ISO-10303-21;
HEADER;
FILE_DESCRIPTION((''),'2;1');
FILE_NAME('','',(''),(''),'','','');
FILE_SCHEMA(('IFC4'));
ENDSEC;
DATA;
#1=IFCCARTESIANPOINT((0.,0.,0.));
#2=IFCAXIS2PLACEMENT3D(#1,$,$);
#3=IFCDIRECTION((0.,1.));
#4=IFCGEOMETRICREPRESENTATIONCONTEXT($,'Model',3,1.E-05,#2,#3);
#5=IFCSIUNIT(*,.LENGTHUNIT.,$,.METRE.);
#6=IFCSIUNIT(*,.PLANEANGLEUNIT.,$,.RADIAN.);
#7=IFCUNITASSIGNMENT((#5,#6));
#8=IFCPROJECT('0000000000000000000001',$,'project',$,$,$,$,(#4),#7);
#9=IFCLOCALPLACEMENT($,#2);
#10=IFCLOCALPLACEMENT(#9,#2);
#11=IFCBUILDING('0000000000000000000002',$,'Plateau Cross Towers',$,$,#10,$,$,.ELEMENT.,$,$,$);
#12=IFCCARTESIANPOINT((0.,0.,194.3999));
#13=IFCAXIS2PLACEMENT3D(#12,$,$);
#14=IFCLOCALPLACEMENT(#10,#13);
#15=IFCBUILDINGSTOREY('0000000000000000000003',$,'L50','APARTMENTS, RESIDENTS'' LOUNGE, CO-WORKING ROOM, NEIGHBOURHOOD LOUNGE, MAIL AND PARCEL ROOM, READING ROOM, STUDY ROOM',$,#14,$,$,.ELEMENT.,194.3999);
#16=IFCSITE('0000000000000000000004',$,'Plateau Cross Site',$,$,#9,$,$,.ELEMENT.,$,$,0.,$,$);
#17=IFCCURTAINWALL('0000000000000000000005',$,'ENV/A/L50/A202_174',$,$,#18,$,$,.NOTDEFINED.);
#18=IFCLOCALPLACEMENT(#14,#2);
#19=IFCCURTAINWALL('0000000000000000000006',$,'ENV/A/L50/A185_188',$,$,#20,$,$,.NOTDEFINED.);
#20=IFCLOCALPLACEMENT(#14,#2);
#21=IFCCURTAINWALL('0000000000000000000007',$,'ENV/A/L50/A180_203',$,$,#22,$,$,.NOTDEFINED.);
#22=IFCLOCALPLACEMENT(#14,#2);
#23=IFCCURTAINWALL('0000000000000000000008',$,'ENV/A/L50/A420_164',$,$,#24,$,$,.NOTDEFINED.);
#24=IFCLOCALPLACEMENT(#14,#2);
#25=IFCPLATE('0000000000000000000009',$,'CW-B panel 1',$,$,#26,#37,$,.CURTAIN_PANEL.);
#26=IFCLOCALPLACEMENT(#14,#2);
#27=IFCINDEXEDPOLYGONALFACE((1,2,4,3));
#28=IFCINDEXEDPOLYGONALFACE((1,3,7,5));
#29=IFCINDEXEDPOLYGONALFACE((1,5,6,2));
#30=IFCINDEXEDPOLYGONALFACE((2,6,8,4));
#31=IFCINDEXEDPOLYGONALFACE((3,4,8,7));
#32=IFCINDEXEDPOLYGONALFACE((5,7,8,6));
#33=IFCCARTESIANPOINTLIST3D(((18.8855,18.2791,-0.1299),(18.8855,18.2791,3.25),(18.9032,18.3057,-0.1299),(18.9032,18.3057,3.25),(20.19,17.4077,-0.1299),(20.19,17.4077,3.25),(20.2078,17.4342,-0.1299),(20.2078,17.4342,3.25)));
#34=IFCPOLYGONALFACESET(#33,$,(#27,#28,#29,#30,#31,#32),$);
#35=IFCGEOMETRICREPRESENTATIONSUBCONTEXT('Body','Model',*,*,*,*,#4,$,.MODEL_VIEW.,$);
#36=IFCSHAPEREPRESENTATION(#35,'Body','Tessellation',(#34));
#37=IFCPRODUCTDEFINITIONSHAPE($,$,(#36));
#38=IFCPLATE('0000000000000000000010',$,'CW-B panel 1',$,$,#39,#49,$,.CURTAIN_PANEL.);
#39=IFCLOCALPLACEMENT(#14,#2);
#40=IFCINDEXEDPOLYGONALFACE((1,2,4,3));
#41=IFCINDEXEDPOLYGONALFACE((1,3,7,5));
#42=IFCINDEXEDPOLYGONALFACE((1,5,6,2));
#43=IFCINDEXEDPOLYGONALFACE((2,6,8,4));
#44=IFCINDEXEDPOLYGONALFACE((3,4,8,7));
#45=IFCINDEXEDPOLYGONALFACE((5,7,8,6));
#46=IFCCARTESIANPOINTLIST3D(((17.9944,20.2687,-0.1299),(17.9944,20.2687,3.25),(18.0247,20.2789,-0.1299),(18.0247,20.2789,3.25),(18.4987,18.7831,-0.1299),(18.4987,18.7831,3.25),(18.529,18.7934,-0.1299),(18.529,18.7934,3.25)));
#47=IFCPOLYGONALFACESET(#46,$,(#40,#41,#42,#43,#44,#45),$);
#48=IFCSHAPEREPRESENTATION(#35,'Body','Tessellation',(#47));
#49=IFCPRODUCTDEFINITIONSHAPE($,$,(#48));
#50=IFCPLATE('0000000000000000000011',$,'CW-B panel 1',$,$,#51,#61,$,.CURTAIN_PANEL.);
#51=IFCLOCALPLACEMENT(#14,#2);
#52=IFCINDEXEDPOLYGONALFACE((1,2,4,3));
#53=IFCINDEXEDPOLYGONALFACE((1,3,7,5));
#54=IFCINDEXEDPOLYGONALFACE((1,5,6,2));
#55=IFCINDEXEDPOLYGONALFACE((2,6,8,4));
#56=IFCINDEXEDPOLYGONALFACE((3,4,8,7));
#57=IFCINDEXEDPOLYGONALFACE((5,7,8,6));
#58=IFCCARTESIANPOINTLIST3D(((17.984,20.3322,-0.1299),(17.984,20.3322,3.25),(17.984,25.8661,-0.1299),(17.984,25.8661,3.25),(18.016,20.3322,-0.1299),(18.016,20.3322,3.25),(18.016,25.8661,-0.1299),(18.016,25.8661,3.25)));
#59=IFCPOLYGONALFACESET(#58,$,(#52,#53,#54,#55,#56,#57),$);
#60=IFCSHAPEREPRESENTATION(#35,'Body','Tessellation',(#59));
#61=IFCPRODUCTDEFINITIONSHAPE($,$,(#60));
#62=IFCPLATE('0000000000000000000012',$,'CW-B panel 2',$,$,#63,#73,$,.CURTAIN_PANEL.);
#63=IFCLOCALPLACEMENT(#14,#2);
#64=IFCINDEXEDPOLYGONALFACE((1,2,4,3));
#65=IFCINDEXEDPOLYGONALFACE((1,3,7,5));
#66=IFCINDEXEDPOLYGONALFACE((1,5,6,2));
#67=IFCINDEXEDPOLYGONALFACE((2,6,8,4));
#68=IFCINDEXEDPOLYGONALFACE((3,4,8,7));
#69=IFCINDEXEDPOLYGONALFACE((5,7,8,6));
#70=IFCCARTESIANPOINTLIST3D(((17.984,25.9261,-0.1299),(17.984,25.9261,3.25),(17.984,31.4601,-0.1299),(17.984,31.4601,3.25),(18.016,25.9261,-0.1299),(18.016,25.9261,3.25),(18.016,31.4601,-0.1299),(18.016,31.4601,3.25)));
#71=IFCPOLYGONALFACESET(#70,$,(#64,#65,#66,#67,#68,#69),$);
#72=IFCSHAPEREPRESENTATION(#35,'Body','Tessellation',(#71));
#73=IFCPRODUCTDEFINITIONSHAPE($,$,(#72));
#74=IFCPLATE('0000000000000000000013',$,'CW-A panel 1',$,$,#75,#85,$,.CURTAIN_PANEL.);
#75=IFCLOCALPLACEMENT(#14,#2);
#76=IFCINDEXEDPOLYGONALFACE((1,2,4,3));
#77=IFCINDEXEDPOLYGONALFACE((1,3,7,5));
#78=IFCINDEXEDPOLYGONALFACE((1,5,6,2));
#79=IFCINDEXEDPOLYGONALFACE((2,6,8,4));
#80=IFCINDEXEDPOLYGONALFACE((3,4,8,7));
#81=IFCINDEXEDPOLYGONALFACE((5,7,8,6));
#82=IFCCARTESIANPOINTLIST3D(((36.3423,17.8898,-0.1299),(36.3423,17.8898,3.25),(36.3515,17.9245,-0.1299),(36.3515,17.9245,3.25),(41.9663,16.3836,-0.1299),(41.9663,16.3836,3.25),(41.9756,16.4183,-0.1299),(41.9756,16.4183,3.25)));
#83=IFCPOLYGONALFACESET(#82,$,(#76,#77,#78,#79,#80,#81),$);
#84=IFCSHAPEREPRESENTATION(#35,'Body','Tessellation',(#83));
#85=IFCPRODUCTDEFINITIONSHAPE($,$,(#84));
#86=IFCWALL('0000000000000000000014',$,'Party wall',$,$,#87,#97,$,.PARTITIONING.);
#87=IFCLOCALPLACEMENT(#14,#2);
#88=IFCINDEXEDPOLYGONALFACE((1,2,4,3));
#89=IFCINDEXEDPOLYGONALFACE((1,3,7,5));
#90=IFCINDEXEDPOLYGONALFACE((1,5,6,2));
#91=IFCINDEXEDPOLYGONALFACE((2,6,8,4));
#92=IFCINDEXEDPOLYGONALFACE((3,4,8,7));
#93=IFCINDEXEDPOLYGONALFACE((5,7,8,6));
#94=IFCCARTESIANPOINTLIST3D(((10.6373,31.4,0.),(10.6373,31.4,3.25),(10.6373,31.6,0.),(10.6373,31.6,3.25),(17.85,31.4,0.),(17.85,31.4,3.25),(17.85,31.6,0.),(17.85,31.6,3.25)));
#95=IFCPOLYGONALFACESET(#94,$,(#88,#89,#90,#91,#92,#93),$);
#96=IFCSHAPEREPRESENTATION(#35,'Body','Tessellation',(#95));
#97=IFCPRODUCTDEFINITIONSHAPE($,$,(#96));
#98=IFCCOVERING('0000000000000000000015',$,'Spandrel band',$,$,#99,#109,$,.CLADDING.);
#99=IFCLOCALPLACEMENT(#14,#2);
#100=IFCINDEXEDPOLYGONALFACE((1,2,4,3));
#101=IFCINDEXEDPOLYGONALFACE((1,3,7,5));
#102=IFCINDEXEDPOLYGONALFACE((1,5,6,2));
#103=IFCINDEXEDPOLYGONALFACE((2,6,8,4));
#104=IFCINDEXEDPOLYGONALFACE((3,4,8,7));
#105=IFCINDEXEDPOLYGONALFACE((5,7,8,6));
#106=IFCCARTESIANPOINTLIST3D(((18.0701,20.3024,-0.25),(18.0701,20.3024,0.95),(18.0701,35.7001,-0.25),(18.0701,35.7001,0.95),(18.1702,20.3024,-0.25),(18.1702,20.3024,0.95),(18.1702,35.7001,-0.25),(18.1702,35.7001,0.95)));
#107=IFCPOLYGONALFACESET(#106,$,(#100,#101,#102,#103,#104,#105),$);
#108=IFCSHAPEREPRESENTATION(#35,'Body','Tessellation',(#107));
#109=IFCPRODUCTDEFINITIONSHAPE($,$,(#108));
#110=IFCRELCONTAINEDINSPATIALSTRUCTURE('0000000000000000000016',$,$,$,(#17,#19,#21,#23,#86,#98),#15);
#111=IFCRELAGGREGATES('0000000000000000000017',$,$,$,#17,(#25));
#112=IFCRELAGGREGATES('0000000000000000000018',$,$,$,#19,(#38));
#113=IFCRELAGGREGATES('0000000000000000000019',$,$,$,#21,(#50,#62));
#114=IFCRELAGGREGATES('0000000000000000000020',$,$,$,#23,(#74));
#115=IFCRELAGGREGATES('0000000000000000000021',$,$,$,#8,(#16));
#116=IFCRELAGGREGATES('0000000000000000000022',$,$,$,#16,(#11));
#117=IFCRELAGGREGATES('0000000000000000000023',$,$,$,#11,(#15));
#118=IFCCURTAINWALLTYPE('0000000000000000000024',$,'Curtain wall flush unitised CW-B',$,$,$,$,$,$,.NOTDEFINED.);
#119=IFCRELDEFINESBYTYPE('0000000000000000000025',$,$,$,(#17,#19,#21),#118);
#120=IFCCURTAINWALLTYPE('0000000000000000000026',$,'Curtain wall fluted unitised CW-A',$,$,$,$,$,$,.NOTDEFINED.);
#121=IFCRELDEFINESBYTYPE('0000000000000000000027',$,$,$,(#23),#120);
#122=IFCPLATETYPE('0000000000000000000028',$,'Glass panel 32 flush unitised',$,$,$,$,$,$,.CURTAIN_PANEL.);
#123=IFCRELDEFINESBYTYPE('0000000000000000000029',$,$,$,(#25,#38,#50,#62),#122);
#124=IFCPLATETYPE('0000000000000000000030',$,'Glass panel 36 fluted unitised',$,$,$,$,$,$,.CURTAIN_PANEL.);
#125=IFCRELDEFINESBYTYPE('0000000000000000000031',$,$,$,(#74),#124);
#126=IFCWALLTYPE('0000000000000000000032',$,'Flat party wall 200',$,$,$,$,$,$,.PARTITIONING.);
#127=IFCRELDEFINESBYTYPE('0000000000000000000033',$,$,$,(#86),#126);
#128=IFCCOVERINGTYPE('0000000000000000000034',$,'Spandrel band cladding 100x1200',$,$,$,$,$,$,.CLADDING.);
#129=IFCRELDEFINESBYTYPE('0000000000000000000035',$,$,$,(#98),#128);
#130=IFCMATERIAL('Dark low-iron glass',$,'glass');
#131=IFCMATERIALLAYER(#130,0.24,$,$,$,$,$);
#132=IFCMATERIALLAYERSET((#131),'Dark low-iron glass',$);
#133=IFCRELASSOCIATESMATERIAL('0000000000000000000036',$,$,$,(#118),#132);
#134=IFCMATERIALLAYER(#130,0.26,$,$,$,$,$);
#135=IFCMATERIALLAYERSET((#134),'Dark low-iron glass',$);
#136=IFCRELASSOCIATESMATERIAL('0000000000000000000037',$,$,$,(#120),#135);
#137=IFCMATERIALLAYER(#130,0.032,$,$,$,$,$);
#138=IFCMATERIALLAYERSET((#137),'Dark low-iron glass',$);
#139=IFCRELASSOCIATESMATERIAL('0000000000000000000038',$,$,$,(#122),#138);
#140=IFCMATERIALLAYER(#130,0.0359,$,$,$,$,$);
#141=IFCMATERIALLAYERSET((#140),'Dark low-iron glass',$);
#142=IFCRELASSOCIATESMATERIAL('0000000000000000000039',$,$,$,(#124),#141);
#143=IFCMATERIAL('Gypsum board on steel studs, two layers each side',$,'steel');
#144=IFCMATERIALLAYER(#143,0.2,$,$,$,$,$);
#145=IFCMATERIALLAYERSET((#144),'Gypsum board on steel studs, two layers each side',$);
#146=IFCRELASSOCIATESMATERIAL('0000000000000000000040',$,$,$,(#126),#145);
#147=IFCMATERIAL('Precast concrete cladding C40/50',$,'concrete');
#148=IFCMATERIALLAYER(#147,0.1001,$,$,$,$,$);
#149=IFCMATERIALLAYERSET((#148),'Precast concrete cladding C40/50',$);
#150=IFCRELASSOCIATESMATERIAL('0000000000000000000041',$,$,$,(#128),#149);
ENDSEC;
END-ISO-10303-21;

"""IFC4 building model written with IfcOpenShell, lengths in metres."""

from ifc_helpers import new_model, si_unit, direction, frame, frame_2d, origin, origin_2d, place, context, subcontext, project, spatial, rectangle, extrude, material, layer, layer_set, type_object, element, aggregate, save


model = new_model("IFC4")

# Units and contexts
model_context = context("Model", 3, precision=1e-05, world=origin(), true_north=direction((0.0, 1.0)))
body_context = subcontext(model_context, "Body", "Model", "MODEL_VIEW")
ifc_project = project(units=[si_unit("LENGTHUNIT", "METRE"), si_unit("PLANEANGLEUNIT", "RADIAN")], contexts=[model_context])

# Site, building, storey
site_placement = place(None, origin())
site = spatial("IfcSite", under=ifc_project, at=site_placement, Name="Plateau Cross Site", CompositionType="ELEMENT", RefElevation=0.0)
building_placement = place(site_placement, origin())
building = spatial("IfcBuilding", under=site, at=building_placement, Name="Plateau Cross Towers", CompositionType="ELEMENT")
storey_placement = place(building_placement, frame((0.0, 0.0, 194.3999)))
storey = spatial("IfcBuildingStorey", under=building, at=storey_placement, Name="L50", Description="APARTMENTS, RESIDENTS' LOUNGE, CO-WORKING ROOM, NEIGHBOURHOOD LOUNGE, MAIL AND PARCEL ROOM, READING ROOM, STUDY ROOM", CompositionType="ELEMENT", Elevation=194.3999)

# Curtain wall
ifc_material_1 = material(Name="Dark low-iron glass", Category="glass")
ifc_layer_1 = layer(ifc_material_1, 0.24)
ifc_layer_set_1 = layer_set([ifc_layer_1], Name="Dark low-iron glass")
curtain_wall_type_1 = type_object("IfcCurtainWallType", Name="Curtain wall flush unitised CW-B", PredefinedType="NOTDEFINED", material=ifc_layer_set_1)
curtain_wall_1_placement = place(storey_placement, origin())
curtain_wall_1 = element("IfcCurtainWall", 1, at=curtain_wall_1_placement, inside=storey, type_object=curtain_wall_type_1, Name="ENV/A/L50/A202_174", PredefinedType="NOTDEFINED")

# Curtain wall
curtain_wall_2_placement = place(storey_placement, origin())
curtain_wall_2 = element("IfcCurtainWall", 2, at=curtain_wall_2_placement, inside=storey, type_object=curtain_wall_type_1, Name="ENV/A/L50/A185_188", PredefinedType="NOTDEFINED")

# Curtain wall
curtain_wall_3_placement = place(storey_placement, origin())
curtain_wall_3 = element("IfcCurtainWall", 3, at=curtain_wall_3_placement, inside=storey, type_object=curtain_wall_type_1, Name="ENV/A/L50/A180_203", PredefinedType="NOTDEFINED")

# Curtain wall
ifc_layer_2 = layer(ifc_material_1, 0.26)
ifc_layer_set_2 = layer_set([ifc_layer_2], Name="Dark low-iron glass")
curtain_wall_type_2 = type_object("IfcCurtainWallType", Name="Curtain wall fluted unitised CW-A", PredefinedType="NOTDEFINED", material=ifc_layer_set_2)
curtain_wall_4_placement = place(storey_placement, origin())
curtain_wall_4 = element("IfcCurtainWall", 4, at=curtain_wall_4_placement, inside=storey, type_object=curtain_wall_type_2, Name="ENV/A/L50/A420_164", PredefinedType="NOTDEFINED")

# Plates
ifc_layer_3 = layer(ifc_material_1, 0.032)
ifc_layer_set_3 = layer_set([ifc_layer_3], Name="Dark low-iron glass")
plate_type_1 = type_object("IfcPlateType", Name="Glass panel 32 flush unitised", PredefinedType="CURTAIN_PANEL", material=ifc_layer_set_3)
plate_1_placement = place(storey_placement, frame((19.5466, 17.8567, -0.1299), z_axis=(0.0, 0.0, 1.0), x_axis=(-0.831521, 0.555493, 0.0)))
plate_1 = element("IfcPlate", 5, at=plate_1_placement, type_object=plate_type_1, Name="CW-B panel 1", PredefinedType="CURTAIN_PANEL", context=body_context, shape_type="SweptSolid", body=[
    extrude(rectangle(XDim=1.5688, YDim=0.032, at=origin_2d()), origin(), (0.0, 0.0, 1.0), 3.3799),
])
aggregate(curtain_wall_1, [plate_1])
plate_2_placement = place(storey_placement, frame((18.2617, 19.531, -0.1299), z_axis=(0.0, 0.0, 1.0), x_axis=(-0.321469, 0.94692, 0.0)))
plate_2 = element("IfcPlate", 6, at=plate_2_placement, type_object=plate_type_1, Name="CW-B panel 1", PredefinedType="CURTAIN_PANEL", context=body_context, shape_type="SweptSolid", body=[
    extrude(rectangle(XDim=1.5688, YDim=0.032, at=origin_2d()), origin(), (0.0, 0.0, 1.0), 3.3799),
])
aggregate(curtain_wall_2, [plate_2])
plate_3_placement = place(storey_placement, frame((18.0, 23.0991, -0.1299), z_axis=(0.0, 0.0, 1.0), x_axis=(0.0, 1.0, 0.0)))
plate_3 = element("IfcPlate", 7, at=plate_3_placement, type_object=plate_type_1, Name="CW-B panel 1", PredefinedType="CURTAIN_PANEL", context=body_context, shape_type="SweptSolid", body=[
    extrude(rectangle(XDim=5.5339, YDim=0.032, at=origin_2d()), origin(), (0.0, 0.0, 1.0), 3.3799),
])
plate_4_placement = place(storey_placement, frame((18.0, 28.6931, -0.1299), z_axis=(0.0, 0.0, 1.0), x_axis=(0.0, 1.0, 0.0)))
plate_4 = element("IfcPlate", 8, at=plate_4_placement, type_object=plate_type_1, Name="CW-B panel 2", PredefinedType="CURTAIN_PANEL", context=body_context, shape_type="SweptSolid", body=[
    extrude(rectangle(XDim=5.5339, YDim=0.032, at=origin_2d()), origin(), (0.0, 0.0, 1.0), 3.3799),
])
aggregate(curtain_wall_3, [plate_3, plate_4])
ifc_layer_4 = layer(ifc_material_1, 0.0359)
ifc_layer_set_4 = layer_set([ifc_layer_4], Name="Dark low-iron glass")
plate_type_2 = type_object("IfcPlateType", Name="Glass panel 36 fluted unitised", PredefinedType="CURTAIN_PANEL", material=ifc_layer_set_4)
plate_5_placement = place(storey_placement, frame((39.1589, 17.1541, -0.1299), z_axis=(0.0, 0.0, 1.0), x_axis=(-0.965958, 0.258699, 0.0)))
plate_5 = element("IfcPlate", 9, at=plate_5_placement, type_object=plate_type_2, Name="CW-A panel 1", PredefinedType="CURTAIN_PANEL", context=body_context, shape_type="SweptSolid", body=[
    extrude(rectangle(XDim=5.8223, YDim=0.0359, at=origin_2d()), origin(), (0.0, 0.0, 1.0), 3.3799),
])
aggregate(curtain_wall_4, [plate_5])

# Wall
ifc_material_2 = material(Name="Gypsum board on steel studs, two layers each side", Category="steel")
ifc_layer_5 = layer(ifc_material_2, 0.2)
ifc_layer_set_5 = layer_set([ifc_layer_5], Name="Gypsum board on steel studs, two layers each side")
wall_type = type_object("IfcWallType", Name="Flat party wall 200", PredefinedType="PARTITIONING", material=ifc_layer_set_5)
wall_placement = place(storey_placement, frame((17.8501, 31.5, 0.0), z_axis=(0.0, 0.0, 1.0), x_axis=(-1.0, 0.0, 0.0)))
element("IfcWall", 10, at=wall_placement, inside=storey, type_object=wall_type, Name="Party wall", PredefinedType="PARTITIONING", context=body_context, shape_type="SweptSolid", body=[
    extrude(rectangle(XDim=7.2126, YDim=0.2, at=frame_2d((3.6064, 0.0))), origin(), (0.0, 0.0, 1.0), 3.25),
])

# Covering
ifc_material_3 = material(Name="Precast concrete cladding C40/50", Category="concrete")
ifc_layer_6 = layer(ifc_material_3, 0.1001)
ifc_layer_set_6 = layer_set([ifc_layer_6], Name="Precast concrete cladding C40/50")
covering_type = type_object("IfcCoveringType", Name="Spandrel band cladding 100x1200", PredefinedType="CLADDING", material=ifc_layer_set_6)
covering_placement = place(storey_placement, frame((18.1201, 28.0012, -0.25), z_axis=(0.0, 0.0, 1.0), x_axis=(0.0, 1.0, 0.0)))
element("IfcCovering", 11, at=covering_placement, inside=storey, type_object=covering_type, Name="Spandrel band", PredefinedType="CLADDING", context=body_context, shape_type="SweptSolid", body=[
    extrude(rectangle(XDim=15.3977, YDim=0.1001, at=origin_2d()), origin(), (0.0, 0.0, 1.0), 1.2),
])

save(model, "model.ifc")
